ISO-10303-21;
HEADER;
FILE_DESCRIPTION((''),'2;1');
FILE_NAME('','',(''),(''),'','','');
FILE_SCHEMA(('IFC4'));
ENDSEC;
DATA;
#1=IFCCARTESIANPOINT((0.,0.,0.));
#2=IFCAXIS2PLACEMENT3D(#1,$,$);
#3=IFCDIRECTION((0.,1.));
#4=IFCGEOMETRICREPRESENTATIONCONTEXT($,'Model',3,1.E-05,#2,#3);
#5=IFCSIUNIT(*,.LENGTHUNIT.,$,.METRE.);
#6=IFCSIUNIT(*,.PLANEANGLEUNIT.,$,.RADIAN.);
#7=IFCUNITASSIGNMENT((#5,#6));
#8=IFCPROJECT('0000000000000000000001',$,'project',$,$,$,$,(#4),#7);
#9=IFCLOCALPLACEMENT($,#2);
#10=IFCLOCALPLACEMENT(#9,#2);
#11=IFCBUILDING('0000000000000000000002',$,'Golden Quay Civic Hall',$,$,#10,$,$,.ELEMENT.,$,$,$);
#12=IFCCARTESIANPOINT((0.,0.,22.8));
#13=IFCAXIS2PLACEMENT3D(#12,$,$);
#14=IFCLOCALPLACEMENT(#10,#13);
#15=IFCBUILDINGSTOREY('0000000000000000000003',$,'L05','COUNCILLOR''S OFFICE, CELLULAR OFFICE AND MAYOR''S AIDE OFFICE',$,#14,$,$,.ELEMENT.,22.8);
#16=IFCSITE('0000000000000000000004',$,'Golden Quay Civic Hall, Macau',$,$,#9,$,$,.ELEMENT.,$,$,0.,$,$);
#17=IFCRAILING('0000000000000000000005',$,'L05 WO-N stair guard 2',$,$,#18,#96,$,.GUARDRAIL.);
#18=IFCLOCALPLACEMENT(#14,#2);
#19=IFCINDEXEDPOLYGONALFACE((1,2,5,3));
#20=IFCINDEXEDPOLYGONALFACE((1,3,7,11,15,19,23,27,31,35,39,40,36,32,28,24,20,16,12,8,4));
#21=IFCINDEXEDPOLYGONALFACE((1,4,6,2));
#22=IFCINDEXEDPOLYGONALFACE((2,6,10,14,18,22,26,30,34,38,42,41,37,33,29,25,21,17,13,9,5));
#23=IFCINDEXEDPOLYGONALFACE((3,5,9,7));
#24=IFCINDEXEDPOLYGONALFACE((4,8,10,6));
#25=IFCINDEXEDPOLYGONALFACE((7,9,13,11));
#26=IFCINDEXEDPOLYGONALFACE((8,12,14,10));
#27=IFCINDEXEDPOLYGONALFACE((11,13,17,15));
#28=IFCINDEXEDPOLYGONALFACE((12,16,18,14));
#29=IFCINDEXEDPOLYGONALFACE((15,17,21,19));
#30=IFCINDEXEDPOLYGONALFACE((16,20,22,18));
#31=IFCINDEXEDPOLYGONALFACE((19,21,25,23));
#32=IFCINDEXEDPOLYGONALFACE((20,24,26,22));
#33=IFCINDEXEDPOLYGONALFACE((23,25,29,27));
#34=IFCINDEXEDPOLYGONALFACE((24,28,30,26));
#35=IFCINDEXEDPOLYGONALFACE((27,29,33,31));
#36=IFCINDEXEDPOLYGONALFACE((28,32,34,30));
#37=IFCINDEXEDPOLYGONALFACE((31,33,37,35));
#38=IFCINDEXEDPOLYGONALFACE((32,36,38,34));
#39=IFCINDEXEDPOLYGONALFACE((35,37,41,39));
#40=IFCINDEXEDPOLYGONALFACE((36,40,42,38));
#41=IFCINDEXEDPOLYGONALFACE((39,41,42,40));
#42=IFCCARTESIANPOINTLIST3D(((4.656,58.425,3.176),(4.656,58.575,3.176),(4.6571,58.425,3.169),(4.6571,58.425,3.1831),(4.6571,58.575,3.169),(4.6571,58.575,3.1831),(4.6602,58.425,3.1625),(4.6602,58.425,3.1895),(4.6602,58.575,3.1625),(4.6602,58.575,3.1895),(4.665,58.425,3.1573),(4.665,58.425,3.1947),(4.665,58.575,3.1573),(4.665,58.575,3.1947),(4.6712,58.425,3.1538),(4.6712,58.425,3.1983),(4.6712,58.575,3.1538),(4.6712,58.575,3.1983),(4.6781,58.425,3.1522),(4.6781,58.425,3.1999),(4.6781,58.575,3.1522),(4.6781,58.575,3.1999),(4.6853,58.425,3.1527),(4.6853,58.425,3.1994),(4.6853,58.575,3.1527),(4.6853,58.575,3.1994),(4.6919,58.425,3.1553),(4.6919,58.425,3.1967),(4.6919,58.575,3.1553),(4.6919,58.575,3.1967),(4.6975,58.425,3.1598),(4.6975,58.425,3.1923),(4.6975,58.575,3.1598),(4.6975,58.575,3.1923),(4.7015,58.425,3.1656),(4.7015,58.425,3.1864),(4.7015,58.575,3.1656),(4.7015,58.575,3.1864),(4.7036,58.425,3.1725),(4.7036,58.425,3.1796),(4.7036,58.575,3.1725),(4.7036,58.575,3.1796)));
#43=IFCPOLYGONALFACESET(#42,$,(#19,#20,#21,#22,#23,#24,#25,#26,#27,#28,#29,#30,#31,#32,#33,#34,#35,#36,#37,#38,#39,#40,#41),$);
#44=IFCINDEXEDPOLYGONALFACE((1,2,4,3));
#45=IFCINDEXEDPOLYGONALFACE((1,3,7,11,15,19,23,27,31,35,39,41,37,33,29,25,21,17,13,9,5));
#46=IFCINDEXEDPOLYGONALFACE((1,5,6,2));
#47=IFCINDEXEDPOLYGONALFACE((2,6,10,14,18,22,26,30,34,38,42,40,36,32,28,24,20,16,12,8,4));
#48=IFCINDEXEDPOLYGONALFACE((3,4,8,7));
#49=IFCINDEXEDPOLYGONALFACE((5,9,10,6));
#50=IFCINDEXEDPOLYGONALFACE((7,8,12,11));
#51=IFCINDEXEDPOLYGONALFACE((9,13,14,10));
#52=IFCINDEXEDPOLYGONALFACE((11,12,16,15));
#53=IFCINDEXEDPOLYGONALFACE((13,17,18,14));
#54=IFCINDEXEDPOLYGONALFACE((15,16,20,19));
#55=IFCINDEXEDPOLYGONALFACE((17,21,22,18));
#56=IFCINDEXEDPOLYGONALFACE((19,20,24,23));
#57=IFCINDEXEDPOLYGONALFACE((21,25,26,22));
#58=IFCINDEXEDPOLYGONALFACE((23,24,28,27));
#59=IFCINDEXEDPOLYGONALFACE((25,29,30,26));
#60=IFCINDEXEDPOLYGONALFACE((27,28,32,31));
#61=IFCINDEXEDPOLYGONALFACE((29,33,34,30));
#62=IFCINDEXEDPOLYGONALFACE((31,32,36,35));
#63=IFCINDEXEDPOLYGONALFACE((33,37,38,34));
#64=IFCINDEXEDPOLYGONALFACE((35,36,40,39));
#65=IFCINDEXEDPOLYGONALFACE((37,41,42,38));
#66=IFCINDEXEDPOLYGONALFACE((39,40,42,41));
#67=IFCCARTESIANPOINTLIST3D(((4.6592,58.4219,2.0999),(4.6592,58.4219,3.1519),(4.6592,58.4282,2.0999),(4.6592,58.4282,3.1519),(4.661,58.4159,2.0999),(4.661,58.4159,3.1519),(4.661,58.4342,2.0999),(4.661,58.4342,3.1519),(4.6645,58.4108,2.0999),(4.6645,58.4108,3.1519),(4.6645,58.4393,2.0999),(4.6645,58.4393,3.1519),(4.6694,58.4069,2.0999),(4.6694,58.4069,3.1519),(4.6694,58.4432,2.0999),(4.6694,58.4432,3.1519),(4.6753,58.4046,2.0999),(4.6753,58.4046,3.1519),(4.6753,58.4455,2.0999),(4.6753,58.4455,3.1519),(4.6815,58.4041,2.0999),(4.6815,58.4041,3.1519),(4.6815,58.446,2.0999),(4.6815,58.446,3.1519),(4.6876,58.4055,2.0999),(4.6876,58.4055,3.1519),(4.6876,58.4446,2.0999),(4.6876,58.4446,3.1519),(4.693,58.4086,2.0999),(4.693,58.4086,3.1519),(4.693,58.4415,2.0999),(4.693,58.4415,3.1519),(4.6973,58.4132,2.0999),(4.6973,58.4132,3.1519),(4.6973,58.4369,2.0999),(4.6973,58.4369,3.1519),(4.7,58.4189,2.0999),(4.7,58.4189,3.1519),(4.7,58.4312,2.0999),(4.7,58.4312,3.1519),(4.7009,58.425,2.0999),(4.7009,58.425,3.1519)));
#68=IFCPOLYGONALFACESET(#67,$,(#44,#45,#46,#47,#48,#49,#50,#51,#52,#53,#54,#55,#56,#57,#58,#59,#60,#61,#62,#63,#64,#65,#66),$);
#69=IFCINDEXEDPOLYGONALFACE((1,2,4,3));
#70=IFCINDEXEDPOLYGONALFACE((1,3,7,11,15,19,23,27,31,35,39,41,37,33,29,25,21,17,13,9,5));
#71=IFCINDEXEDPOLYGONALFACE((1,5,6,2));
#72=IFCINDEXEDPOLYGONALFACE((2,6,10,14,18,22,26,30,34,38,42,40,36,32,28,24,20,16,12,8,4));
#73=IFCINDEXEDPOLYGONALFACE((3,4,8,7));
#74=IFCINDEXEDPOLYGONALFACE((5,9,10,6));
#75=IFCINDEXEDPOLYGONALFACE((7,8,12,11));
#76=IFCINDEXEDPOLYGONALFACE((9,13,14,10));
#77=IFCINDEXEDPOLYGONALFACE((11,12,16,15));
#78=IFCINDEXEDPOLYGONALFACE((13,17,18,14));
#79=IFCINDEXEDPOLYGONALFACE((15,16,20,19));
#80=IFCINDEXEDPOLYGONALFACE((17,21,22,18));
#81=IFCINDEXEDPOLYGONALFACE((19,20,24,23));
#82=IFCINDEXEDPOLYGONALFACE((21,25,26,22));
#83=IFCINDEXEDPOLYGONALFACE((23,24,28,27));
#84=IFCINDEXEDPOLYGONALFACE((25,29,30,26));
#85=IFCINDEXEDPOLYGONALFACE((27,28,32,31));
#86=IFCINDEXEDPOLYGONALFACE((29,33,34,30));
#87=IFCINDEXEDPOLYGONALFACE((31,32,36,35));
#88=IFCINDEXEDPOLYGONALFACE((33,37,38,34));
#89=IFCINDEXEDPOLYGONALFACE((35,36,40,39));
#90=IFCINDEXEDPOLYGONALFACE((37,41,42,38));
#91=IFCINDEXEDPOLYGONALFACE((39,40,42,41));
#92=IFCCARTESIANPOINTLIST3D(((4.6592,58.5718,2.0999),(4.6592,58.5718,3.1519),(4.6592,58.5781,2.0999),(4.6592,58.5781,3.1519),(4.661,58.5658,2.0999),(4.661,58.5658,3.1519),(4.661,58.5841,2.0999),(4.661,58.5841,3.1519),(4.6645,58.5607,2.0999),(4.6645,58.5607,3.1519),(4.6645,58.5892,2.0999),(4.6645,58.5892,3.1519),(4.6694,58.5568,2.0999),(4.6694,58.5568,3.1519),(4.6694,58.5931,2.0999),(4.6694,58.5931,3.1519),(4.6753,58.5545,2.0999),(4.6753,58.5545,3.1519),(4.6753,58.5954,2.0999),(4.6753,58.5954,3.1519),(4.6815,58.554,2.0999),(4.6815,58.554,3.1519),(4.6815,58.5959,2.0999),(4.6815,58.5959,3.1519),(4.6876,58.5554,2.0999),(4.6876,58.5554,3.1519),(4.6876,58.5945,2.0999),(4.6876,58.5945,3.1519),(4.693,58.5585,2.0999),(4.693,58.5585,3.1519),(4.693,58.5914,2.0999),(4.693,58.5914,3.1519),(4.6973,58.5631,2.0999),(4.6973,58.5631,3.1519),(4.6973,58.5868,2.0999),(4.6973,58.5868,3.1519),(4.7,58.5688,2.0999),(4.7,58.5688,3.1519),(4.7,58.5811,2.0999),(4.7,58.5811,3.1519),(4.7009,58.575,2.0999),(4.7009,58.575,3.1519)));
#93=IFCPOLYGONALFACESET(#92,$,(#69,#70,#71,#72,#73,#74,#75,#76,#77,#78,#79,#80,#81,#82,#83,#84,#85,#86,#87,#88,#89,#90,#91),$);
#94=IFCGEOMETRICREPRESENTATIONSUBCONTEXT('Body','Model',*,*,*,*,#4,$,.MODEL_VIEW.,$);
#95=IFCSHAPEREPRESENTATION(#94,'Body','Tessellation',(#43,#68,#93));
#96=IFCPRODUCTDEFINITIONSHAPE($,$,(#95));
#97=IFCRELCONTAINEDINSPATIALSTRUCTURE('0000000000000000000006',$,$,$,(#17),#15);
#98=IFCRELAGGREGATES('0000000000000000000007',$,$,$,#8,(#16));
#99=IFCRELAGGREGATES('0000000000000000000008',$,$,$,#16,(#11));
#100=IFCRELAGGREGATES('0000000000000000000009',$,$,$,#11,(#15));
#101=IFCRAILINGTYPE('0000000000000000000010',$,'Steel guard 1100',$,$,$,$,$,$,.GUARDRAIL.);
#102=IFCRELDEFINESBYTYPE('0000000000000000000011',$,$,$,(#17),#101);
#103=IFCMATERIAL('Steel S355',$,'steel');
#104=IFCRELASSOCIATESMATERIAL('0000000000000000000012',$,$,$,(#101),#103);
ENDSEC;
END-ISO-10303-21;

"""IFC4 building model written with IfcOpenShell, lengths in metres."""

from ifc_helpers import new_model, si_unit, direction, frame, origin, origin_2d, place, context, subcontext, project, spatial, circle, extrude, material, type_object, element, save


model = new_model("IFC4")

# Units and contexts
model_context = context("Model", 3, precision=1e-05, world=origin(), true_north=direction((0.0, 1.0)))
body_context = subcontext(model_context, "Body", "Model", "MODEL_VIEW")
ifc_project = project(units=[si_unit("LENGTHUNIT", "METRE"), si_unit("PLANEANGLEUNIT", "RADIAN")], contexts=[model_context])

# Site, building, storey
site_placement = place(None, origin())
site = spatial("IfcSite", under=ifc_project, at=site_placement, Name="Golden Quay Civic Hall, Macau", CompositionType="ELEMENT", RefElevation=0.0)
building_placement = place(site_placement, origin())
building = spatial("IfcBuilding", under=site, at=building_placement, Name="Golden Quay Civic Hall", CompositionType="ELEMENT")
storey_placement = place(building_placement, frame((0.0, 0.0, 22.8)))
storey = spatial("IfcBuildingStorey", under=building, at=storey_placement, Name="L05", Description="COUNCILLOR'S OFFICE, CELLULAR OFFICE AND MAYOR'S AIDE OFFICE", CompositionType="ELEMENT", Elevation=22.8)

# Railing
ifc_material_1 = material(Name="Steel S355", Category="steel")
railing_type_1 = type_object("IfcRailingType", Name="Steel guard 1100", PredefinedType="GUARDRAIL", material=ifc_material_1)
railing_1_placement = place(storey_placement, frame((4.6799, 58.425, 2.0999)))
element("IfcRailing", 1, at=railing_1_placement, inside=storey, type_object=railing_type_1, Name="L05 WO-N stair guard 2", PredefinedType="GUARDRAIL", context=body_context, shape_type="SweptSolid", body=[
    extrude(circle(Radius=0.0239, at=origin_2d()), frame((0.0, 0.0, 1.0762), z_axis=(0.0, 1.0, 0.0), x_axis=(-1.0, 0.0, 0.0)), (0.0, 0.0, 1.0), 0.1499),
    extrude(circle(Radius=0.021, at=origin_2d()), origin(), (0.0, 0.0, 1.0), 1.052),
    extrude(circle(Radius=0.021, at=origin_2d()), frame((0.0, 0.1499, 0.0)), (0.0, 0.0, 1.0), 1.052),
])

save(model, "model.ifc")
